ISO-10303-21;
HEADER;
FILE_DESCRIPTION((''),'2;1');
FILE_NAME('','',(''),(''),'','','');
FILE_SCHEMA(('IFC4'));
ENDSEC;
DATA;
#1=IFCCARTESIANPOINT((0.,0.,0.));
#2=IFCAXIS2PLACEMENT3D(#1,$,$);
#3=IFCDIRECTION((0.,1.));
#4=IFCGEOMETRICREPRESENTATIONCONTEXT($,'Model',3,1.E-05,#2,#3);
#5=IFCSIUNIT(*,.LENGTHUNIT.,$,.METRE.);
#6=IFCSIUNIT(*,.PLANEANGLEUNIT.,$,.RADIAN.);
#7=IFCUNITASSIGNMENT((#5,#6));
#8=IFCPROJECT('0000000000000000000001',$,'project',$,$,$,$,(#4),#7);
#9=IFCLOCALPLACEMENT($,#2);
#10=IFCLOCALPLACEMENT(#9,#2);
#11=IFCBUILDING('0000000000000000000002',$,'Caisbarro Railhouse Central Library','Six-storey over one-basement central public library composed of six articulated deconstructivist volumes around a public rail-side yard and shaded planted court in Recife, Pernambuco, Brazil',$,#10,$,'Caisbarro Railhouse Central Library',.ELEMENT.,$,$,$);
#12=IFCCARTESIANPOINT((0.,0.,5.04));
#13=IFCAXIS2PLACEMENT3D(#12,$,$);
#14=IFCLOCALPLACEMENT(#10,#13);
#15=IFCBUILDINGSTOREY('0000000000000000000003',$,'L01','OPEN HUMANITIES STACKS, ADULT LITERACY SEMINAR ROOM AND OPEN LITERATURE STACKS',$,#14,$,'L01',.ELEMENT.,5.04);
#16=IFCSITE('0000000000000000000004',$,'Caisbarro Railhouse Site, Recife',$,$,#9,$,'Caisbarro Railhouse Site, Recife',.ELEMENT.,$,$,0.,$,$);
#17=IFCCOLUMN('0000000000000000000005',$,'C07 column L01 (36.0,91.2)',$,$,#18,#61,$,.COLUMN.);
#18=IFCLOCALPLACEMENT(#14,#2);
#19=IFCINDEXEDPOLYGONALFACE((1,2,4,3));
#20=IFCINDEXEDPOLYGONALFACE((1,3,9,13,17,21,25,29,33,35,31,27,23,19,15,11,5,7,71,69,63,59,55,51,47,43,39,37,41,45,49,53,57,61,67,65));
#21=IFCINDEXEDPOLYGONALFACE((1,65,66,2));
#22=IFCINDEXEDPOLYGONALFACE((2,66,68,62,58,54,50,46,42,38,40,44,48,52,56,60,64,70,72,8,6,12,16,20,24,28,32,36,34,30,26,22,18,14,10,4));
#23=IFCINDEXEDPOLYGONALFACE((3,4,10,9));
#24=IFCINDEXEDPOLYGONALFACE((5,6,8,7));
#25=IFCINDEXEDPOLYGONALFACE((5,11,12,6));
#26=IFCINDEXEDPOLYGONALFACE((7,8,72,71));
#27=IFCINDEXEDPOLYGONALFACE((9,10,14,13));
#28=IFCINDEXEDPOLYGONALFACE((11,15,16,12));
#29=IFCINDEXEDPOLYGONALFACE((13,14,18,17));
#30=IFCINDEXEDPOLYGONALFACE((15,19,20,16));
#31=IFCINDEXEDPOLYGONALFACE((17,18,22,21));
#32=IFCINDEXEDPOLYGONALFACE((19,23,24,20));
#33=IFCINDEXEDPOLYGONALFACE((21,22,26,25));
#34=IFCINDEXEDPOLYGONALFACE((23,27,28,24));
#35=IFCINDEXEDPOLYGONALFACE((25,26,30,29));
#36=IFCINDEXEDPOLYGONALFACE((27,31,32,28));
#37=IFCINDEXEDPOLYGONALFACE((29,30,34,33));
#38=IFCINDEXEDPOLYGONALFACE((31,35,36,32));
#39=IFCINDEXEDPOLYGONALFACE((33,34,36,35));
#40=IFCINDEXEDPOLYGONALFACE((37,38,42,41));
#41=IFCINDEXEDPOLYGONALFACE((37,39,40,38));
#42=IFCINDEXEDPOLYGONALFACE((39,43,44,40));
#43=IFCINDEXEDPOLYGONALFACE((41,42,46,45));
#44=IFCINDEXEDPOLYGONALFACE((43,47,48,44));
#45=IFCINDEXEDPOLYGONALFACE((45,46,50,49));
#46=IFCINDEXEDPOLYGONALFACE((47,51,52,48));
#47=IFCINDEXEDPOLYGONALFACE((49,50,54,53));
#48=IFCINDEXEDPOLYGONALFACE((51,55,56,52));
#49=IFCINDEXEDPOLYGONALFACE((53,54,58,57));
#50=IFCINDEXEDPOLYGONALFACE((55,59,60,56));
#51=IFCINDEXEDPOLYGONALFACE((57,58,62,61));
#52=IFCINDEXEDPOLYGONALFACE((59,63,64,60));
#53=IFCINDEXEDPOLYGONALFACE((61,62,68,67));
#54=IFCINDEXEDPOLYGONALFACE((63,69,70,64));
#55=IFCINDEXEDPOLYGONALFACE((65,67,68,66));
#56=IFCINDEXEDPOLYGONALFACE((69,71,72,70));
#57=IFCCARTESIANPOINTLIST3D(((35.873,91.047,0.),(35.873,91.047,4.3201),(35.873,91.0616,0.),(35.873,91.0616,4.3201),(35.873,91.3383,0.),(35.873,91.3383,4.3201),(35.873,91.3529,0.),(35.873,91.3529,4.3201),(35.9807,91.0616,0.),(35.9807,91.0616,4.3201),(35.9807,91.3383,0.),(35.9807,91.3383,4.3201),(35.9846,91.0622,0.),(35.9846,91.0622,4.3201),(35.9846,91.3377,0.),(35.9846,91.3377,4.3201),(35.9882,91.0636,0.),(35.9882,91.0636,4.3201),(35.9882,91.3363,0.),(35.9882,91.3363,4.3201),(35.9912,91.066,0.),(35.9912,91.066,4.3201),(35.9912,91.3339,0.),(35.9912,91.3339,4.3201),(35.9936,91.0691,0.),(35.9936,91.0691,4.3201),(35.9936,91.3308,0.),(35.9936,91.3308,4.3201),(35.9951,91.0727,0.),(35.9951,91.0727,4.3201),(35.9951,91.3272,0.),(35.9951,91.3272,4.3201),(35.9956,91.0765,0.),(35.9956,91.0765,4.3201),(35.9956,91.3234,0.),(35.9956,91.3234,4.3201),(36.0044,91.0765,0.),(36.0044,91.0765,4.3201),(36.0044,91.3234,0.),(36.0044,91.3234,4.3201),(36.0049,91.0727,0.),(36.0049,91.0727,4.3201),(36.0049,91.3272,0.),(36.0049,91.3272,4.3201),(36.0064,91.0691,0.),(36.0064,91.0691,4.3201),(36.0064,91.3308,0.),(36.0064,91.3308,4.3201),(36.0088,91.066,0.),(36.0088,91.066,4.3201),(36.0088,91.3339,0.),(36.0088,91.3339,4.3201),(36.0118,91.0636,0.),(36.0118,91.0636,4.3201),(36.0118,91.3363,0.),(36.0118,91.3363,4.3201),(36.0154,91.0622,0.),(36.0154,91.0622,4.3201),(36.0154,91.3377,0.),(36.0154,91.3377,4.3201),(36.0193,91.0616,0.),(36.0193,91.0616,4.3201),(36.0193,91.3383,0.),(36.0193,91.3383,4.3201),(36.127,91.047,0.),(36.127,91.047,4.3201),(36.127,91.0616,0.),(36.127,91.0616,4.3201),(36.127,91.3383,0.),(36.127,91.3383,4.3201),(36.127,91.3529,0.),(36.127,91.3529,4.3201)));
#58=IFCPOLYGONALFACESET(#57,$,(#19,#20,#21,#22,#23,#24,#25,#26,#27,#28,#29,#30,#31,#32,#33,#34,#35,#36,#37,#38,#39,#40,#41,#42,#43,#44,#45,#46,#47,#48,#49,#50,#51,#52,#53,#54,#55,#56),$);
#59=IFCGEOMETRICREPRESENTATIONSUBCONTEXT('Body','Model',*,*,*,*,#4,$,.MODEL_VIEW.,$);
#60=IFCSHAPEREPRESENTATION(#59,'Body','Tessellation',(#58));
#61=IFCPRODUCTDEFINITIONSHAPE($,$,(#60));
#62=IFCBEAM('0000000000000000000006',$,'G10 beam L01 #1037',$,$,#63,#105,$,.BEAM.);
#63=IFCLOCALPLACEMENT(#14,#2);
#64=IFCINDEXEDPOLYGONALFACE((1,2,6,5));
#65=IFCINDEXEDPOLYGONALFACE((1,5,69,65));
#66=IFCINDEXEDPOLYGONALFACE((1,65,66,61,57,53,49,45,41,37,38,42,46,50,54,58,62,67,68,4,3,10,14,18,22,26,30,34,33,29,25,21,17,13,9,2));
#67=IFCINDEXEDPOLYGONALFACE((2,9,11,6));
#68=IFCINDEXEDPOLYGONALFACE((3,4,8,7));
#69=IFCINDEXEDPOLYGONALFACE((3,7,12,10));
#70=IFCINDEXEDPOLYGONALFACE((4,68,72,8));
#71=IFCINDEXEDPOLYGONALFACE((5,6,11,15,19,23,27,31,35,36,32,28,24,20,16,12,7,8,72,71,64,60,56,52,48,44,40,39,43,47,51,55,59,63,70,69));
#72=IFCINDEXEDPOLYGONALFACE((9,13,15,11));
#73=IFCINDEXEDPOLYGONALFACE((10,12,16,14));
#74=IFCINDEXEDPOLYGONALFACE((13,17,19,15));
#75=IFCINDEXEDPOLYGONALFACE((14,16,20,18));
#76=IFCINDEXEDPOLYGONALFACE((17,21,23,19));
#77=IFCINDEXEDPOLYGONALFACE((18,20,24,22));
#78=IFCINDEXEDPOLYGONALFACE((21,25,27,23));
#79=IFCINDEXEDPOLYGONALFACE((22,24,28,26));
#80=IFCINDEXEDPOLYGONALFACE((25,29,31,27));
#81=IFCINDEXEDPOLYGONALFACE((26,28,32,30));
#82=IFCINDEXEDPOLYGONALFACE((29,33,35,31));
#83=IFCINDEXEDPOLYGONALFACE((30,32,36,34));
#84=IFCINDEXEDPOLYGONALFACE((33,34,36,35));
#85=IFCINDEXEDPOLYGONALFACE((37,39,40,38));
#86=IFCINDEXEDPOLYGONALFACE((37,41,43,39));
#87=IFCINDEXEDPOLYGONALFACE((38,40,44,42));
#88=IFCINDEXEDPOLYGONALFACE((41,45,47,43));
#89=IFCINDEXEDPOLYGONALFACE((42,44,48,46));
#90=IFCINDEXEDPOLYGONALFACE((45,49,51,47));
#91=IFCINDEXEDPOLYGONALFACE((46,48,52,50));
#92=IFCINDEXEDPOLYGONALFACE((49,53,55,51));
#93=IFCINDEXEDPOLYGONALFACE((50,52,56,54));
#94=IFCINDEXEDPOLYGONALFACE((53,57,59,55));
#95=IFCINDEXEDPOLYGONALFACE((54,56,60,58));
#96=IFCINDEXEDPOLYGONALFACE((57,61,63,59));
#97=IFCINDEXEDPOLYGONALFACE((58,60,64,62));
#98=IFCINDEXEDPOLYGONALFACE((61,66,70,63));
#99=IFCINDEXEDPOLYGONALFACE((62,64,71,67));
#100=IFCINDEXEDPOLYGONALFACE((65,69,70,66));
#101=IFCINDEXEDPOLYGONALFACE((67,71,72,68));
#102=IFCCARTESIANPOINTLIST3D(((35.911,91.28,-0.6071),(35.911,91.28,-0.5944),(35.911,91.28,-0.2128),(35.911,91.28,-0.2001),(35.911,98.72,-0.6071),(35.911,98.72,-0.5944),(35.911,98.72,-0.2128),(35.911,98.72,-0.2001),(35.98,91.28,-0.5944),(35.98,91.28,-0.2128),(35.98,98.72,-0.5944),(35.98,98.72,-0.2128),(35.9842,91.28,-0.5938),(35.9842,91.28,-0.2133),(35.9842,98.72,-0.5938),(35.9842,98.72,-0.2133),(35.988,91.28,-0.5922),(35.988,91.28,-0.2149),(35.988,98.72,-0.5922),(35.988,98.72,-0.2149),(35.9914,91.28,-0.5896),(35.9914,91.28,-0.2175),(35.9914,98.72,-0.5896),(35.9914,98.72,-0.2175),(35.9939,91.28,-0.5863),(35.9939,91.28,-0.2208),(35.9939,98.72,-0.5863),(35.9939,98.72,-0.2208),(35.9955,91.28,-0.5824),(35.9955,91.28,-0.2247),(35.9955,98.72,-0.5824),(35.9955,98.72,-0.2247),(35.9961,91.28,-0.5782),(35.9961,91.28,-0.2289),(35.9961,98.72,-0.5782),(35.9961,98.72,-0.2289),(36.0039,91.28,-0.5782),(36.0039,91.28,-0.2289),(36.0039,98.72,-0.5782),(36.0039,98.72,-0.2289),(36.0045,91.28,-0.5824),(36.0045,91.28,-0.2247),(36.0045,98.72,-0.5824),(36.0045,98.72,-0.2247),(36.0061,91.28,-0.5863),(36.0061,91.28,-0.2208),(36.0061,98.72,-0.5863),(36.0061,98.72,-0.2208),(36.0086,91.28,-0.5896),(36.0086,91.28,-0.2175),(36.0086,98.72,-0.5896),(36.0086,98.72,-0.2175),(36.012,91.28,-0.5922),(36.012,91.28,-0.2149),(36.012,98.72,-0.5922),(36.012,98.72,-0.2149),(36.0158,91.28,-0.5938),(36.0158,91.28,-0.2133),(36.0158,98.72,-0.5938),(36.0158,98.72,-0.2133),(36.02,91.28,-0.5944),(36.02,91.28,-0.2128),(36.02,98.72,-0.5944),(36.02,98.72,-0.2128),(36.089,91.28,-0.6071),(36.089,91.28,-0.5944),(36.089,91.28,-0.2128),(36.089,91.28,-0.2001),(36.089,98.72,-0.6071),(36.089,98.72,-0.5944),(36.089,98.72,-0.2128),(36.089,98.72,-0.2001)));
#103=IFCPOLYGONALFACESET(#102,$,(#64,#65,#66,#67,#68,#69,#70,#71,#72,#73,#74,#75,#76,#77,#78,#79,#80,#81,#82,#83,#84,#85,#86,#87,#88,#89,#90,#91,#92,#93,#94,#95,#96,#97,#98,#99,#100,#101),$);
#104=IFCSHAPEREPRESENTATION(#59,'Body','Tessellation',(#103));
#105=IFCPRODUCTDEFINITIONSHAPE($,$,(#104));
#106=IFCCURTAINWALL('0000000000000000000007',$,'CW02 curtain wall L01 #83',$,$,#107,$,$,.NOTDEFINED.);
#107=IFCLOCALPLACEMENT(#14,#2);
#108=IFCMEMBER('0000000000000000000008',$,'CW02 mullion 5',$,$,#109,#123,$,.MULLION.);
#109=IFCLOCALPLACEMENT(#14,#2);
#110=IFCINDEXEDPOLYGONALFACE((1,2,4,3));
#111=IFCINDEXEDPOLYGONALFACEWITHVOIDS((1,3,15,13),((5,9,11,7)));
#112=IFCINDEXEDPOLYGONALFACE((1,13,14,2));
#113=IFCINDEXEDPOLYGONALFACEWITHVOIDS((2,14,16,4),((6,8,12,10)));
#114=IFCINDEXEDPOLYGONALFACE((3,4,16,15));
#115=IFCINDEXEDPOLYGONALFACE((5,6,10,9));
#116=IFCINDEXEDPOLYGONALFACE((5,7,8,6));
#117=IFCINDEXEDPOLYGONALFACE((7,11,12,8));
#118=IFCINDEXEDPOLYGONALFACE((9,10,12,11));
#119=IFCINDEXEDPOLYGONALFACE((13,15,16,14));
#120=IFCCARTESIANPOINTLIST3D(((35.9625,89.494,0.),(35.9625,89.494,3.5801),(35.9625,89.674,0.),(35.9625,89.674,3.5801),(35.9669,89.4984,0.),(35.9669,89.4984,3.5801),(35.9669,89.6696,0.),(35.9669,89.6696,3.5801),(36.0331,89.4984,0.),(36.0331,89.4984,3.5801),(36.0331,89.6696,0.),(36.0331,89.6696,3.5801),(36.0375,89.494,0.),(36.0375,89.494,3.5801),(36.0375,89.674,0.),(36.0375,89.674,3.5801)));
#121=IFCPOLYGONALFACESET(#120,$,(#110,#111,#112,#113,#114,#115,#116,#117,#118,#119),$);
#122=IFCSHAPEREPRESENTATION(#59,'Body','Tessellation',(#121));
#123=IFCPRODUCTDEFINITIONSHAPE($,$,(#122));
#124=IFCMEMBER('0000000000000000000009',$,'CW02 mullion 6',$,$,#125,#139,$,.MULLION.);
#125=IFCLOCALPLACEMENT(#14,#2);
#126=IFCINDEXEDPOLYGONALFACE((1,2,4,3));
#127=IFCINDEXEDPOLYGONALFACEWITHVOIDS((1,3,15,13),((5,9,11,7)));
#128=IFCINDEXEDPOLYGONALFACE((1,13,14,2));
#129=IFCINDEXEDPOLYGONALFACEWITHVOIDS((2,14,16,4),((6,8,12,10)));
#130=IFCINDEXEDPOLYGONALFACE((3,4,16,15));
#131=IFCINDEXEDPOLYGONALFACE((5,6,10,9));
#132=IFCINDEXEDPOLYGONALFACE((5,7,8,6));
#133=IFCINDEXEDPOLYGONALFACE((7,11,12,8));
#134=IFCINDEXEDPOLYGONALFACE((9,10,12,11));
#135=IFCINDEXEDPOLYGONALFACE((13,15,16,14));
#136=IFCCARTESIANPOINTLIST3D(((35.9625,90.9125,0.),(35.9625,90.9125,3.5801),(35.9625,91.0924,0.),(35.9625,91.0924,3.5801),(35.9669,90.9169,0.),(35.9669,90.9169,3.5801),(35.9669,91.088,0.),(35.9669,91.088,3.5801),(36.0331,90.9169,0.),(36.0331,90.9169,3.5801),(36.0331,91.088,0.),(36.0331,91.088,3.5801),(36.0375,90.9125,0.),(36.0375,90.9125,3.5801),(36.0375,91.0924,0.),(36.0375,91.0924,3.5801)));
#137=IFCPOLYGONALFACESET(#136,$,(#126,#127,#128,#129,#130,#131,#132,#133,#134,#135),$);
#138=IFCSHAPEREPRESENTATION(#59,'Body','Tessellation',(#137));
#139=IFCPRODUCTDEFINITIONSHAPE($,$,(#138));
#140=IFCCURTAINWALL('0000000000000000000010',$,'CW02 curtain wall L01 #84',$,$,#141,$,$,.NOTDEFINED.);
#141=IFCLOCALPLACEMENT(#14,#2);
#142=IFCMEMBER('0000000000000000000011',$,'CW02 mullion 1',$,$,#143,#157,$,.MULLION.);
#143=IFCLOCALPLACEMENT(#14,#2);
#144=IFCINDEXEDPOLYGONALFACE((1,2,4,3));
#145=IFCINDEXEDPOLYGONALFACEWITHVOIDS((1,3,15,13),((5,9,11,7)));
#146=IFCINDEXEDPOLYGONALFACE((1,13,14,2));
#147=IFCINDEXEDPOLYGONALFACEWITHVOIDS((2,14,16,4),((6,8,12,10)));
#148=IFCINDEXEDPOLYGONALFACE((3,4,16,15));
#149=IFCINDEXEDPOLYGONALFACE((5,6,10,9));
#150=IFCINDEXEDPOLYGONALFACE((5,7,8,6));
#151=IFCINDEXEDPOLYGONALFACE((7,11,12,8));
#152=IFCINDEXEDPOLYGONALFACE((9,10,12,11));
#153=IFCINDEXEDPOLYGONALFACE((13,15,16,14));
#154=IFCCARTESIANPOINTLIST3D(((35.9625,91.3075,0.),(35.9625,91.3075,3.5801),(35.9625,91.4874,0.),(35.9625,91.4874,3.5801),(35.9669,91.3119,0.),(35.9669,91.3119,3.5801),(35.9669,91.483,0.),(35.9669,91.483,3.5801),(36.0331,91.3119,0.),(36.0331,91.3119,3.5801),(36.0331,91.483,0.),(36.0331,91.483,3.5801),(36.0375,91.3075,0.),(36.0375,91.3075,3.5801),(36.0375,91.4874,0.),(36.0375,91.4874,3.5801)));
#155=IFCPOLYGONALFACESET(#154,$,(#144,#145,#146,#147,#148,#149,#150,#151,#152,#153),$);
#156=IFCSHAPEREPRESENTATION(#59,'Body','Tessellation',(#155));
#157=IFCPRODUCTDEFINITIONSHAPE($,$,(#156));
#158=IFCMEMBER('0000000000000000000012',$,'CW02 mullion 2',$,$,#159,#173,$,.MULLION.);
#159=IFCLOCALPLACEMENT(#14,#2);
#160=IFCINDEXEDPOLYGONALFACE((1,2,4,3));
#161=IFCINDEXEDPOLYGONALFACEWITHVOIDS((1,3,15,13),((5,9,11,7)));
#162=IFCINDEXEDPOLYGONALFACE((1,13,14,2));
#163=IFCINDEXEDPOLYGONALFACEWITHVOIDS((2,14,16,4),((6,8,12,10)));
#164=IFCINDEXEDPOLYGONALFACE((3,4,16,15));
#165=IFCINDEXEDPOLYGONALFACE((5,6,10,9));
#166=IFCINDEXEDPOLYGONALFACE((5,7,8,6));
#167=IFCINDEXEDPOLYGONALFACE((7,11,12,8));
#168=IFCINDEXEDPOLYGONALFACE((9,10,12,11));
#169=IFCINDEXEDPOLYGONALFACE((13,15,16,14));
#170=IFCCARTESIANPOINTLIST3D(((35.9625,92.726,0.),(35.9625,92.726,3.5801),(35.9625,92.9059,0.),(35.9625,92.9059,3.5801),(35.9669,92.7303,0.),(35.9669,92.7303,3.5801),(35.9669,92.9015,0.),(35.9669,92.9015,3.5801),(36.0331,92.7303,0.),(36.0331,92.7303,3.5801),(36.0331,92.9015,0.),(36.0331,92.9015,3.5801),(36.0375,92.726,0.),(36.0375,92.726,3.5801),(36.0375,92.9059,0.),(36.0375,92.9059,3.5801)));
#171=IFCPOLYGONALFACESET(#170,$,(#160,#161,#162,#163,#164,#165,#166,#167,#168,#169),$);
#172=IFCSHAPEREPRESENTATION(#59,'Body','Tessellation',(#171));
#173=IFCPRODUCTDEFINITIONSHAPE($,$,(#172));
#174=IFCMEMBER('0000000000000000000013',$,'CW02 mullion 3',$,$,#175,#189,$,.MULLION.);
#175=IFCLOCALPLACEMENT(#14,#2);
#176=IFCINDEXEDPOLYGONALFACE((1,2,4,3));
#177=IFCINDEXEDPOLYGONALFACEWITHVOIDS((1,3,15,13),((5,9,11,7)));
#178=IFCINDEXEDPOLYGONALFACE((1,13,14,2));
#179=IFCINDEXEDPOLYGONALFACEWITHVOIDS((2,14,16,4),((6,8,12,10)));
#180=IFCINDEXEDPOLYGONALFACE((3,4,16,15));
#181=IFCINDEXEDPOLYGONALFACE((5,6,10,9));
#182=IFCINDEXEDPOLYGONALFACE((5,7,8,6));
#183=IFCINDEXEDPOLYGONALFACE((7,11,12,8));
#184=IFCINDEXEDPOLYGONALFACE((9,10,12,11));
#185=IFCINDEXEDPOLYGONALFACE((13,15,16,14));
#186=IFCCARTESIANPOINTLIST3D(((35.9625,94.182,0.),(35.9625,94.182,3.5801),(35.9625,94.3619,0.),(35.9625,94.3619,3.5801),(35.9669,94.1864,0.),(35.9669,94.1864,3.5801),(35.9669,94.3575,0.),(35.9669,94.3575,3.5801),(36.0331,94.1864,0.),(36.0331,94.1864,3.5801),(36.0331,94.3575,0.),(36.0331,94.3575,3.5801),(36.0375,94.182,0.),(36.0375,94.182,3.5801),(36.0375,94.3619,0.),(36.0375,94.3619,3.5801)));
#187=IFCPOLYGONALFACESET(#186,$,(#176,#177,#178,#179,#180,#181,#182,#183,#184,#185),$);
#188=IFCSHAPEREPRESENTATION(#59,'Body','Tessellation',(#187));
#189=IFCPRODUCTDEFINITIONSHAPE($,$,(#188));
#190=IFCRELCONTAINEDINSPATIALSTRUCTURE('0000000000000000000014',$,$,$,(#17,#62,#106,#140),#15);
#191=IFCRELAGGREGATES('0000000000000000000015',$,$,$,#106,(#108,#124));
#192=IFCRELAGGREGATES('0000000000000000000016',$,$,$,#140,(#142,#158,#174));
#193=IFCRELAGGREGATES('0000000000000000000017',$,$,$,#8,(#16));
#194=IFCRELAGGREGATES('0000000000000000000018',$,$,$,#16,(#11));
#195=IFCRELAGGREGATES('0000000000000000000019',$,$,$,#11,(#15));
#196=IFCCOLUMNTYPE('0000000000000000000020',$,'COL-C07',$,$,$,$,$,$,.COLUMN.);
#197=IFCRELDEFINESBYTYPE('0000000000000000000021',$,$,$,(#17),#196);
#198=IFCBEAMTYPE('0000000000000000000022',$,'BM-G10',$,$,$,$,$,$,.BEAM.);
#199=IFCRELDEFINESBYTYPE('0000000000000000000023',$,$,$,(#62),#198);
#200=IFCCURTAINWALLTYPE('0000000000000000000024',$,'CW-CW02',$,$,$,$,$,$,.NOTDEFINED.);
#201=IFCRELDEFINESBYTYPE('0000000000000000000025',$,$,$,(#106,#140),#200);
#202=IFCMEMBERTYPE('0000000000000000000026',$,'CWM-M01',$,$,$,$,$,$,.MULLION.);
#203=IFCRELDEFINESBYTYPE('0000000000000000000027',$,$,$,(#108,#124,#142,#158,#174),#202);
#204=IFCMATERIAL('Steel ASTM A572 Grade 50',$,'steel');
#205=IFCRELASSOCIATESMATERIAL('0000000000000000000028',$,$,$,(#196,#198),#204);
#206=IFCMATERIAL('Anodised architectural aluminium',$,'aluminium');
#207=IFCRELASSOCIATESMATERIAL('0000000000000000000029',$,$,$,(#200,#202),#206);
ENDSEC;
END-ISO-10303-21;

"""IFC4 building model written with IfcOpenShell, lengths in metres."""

from ifc_helpers import new_model, si_unit, direction, frame, origin, origin_2d, place, context, subcontext, project, spatial, hollow_rectangle, i_section, extrude, material, material_profile, profile_set, type_object, element, aggregate, save


model = new_model("IFC4")

# Units and contexts
model_context = context("Model", 3, precision=1e-05, world=origin(), true_north=direction((0.0, 1.0)))
body_context = subcontext(model_context, "Body", "Model", "MODEL_VIEW")
ifc_project = project(units=[si_unit("LENGTHUNIT", "METRE"), si_unit("PLANEANGLEUNIT", "RADIAN")], contexts=[model_context])

# Site, building, storey
site_placement = place(None, origin())
site = spatial("IfcSite", under=ifc_project, at=site_placement, Name="Caisbarro Railhouse Site, Recife", LongName="Caisbarro Railhouse Site, Recife", CompositionType="ELEMENT", RefElevation=0.0)
building_placement = place(site_placement, origin())
building = spatial("IfcBuilding", under=site, at=building_placement, Name="Caisbarro Railhouse Central Library", Description="Six-storey over one-basement central public library composed of six articulated deconstructivist volumes around a public rail-side yard and shaded planted court in Recife, Pernambuco, Brazil", LongName="Caisbarro Railhouse Central Library", CompositionType="ELEMENT")
storey_placement = place(building_placement, frame((0.0, 0.0, 5.04)))
storey = spatial("IfcBuildingStorey", under=building, at=storey_placement, Name="L01", Description="OPEN HUMANITIES STACKS, ADULT LITERACY SEMINAR ROOM AND OPEN LITERATURE STACKS", LongName="L01", CompositionType="ELEMENT", Elevation=5.04)

# Column
ifc_material_1 = material(Name="Steel ASTM A572 Grade 50", Category="steel")
ifc_material_profile_1 = material_profile(ifc_material_1, i_section(OverallWidth=0.2539, OverallDepth=0.3059, WebThickness=0.0088, FlangeThickness=0.0146, FilletRadius=0.0149, at=origin_2d()), Name="W310X79.0")
ifc_profile_set_1 = profile_set([ifc_material_profile_1], Name="Steel ASTM A572 Grade 50")
column_type = type_object("IfcColumnType", Name="COL-C07", PredefinedType="COLUMN", material=ifc_profile_set_1)
column_placement = place(storey_placement, frame((36.0, 91.2, 0.0), z_axis=(0.0, 0.0, 1.0), x_axis=(1.0, 0.0, 0.0)))
element("IfcColumn", 1, at=column_placement, inside=storey, type_object=column_type, Name="C07 column L01 (36.0,91.2)", PredefinedType="COLUMN", context=body_context, shape_type="SweptSolid", body=[
    extrude(i_section(OverallWidth=0.2539, OverallDepth=0.3059, WebThickness=0.0088, FlangeThickness=0.0146, FilletRadius=0.0149, at=origin_2d()), origin(), (0.0, 0.0, 1.0), 4.3201),
])

# Beam
ifc_material_profile_2 = material_profile(ifc_material_1, i_section(OverallWidth=0.178, OverallDepth=0.407, WebThickness=0.0078, FlangeThickness=0.0127, FilletRadius=0.0161, at=origin_2d()), Name="W410X60.0")
ifc_profile_set_2 = profile_set([ifc_material_profile_2], Name="Steel ASTM A572 Grade 50")
beam_type = type_object("IfcBeamType", Name="BM-G10", PredefinedType="BEAM", material=ifc_profile_set_2)
beam_placement = place(storey_placement, frame((36.0, 91.28, -0.4036), z_axis=(0.0, 1.0, 0.0), x_axis=(-1.0, 0.0, 0.0)))
element("IfcBeam", 2, at=beam_placement, inside=storey, type_object=beam_type, Name="G10 beam L01 #1037", PredefinedType="BEAM", context=body_context, shape_type="SweptSolid", body=[
    extrude(i_section(OverallWidth=0.178, OverallDepth=0.407, WebThickness=0.0078, FlangeThickness=0.0127, FilletRadius=0.0161, at=origin_2d()), origin(), (0.0, 0.0, 1.0), 7.4399),
])

# Curtain walls, members
ifc_material_2 = material(Name="Anodised architectural aluminium", Category="aluminium")
curtain_wall_type = type_object("IfcCurtainWallType", Name="CW-CW02", PredefinedType="NOTDEFINED", material=ifc_material_2)
curtain_wall_1_placement = place(storey_placement, origin())
curtain_wall_1 = element("IfcCurtainWall", 3, at=curtain_wall_1_placement, inside=storey, type_object=curtain_wall_type, Name="CW02 curtain wall L01 #83", PredefinedType="NOTDEFINED")
ifc_material_profile_3 = material_profile(ifc_material_2, hollow_rectangle(XDim=0.075, YDim=0.1799, WallThickness=0.0044, at=origin_2d()), Name="ALU-MUL-75X180")
ifc_profile_set_3 = profile_set([ifc_material_profile_3], Name="Anodised architectural aluminium")
member_type_1 = type_object("IfcMemberType", Name="CWM-M01", PredefinedType="MULLION", material=ifc_profile_set_3)
member_1_placement = place(storey_placement, frame((36.0, 89.584, 0.0), z_axis=(0.0, 0.0, 1.0), x_axis=(-1.0, 0.0, 0.0)))
member_1 = element("IfcMember", 4, at=member_1_placement, type_object=member_type_1, Name="CW02 mullion 5", PredefinedType="MULLION", context=body_context, shape_type="SweptSolid", body=[
    extrude(hollow_rectangle(XDim=0.075, YDim=0.1799, WallThickness=0.0044, at=origin_2d()), origin(), (0.0, 0.0, 1.0), 3.5801),
])
member_2_placement = place(storey_placement, frame((36.0, 91.0024, 0.0), z_axis=(0.0, 0.0, 1.0), x_axis=(-1.0, 0.0, 0.0)))
member_2 = element("IfcMember", 5, at=member_2_placement, type_object=member_type_1, Name="CW02 mullion 6", PredefinedType="MULLION", context=body_context, shape_type="SweptSolid", body=[
    extrude(hollow_rectangle(XDim=0.075, YDim=0.1799, WallThickness=0.0044, at=origin_2d()), origin(), (0.0, 0.0, 1.0), 3.5801),
])
curtain_wall_2_placement = place(storey_placement, origin())
curtain_wall_2 = element("IfcCurtainWall", 6, at=curtain_wall_2_placement, inside=storey, type_object=curtain_wall_type, Name="CW02 curtain wall L01 #84", PredefinedType="NOTDEFINED")
member_3_placement = place(storey_placement, frame((36.0, 91.3975, 0.0), z_axis=(0.0, 0.0, 1.0), x_axis=(-1.0, 0.0, 0.0)))
member_3 = element("IfcMember", 7, at=member_3_placement, type_object=member_type_1, Name="CW02 mullion 1", PredefinedType="MULLION", context=body_context, shape_type="SweptSolid", body=[
    extrude(hollow_rectangle(XDim=0.075, YDim=0.1799, WallThickness=0.0044, at=origin_2d()), origin(), (0.0, 0.0, 1.0), 3.5801),
])
member_4_placement = place(storey_placement, frame((36.0, 92.8159, 0.0), z_axis=(0.0, 0.0, 1.0), x_axis=(-1.0, 0.0, 0.0)))
member_4 = element("IfcMember", 8, at=member_4_placement, type_object=member_type_1, Name="CW02 mullion 2", PredefinedType="MULLION", context=body_context, shape_type="SweptSolid", body=[
    extrude(hollow_rectangle(XDim=0.075, YDim=0.1799, WallThickness=0.0044, at=origin_2d()), origin(), (0.0, 0.0, 1.0), 3.5801),
])
member_5_placement = place(storey_placement, frame((36.0, 94.272, 0.0), z_axis=(0.0, 0.0, 1.0), x_axis=(-1.0, 0.0, 0.0)))
member_5 = element("IfcMember", 9, at=member_5_placement, type_object=member_type_1, Name="CW02 mullion 3", PredefinedType="MULLION", context=body_context, shape_type="SweptSolid", body=[
    extrude(hollow_rectangle(XDim=0.075, YDim=0.1799, WallThickness=0.0044, at=origin_2d()), origin(), (0.0, 0.0, 1.0), 3.5801),
])

aggregate(curtain_wall_1, [member_1, member_2])
aggregate(curtain_wall_2, [member_3, member_4, member_5])

save(model, "model.ifc")
